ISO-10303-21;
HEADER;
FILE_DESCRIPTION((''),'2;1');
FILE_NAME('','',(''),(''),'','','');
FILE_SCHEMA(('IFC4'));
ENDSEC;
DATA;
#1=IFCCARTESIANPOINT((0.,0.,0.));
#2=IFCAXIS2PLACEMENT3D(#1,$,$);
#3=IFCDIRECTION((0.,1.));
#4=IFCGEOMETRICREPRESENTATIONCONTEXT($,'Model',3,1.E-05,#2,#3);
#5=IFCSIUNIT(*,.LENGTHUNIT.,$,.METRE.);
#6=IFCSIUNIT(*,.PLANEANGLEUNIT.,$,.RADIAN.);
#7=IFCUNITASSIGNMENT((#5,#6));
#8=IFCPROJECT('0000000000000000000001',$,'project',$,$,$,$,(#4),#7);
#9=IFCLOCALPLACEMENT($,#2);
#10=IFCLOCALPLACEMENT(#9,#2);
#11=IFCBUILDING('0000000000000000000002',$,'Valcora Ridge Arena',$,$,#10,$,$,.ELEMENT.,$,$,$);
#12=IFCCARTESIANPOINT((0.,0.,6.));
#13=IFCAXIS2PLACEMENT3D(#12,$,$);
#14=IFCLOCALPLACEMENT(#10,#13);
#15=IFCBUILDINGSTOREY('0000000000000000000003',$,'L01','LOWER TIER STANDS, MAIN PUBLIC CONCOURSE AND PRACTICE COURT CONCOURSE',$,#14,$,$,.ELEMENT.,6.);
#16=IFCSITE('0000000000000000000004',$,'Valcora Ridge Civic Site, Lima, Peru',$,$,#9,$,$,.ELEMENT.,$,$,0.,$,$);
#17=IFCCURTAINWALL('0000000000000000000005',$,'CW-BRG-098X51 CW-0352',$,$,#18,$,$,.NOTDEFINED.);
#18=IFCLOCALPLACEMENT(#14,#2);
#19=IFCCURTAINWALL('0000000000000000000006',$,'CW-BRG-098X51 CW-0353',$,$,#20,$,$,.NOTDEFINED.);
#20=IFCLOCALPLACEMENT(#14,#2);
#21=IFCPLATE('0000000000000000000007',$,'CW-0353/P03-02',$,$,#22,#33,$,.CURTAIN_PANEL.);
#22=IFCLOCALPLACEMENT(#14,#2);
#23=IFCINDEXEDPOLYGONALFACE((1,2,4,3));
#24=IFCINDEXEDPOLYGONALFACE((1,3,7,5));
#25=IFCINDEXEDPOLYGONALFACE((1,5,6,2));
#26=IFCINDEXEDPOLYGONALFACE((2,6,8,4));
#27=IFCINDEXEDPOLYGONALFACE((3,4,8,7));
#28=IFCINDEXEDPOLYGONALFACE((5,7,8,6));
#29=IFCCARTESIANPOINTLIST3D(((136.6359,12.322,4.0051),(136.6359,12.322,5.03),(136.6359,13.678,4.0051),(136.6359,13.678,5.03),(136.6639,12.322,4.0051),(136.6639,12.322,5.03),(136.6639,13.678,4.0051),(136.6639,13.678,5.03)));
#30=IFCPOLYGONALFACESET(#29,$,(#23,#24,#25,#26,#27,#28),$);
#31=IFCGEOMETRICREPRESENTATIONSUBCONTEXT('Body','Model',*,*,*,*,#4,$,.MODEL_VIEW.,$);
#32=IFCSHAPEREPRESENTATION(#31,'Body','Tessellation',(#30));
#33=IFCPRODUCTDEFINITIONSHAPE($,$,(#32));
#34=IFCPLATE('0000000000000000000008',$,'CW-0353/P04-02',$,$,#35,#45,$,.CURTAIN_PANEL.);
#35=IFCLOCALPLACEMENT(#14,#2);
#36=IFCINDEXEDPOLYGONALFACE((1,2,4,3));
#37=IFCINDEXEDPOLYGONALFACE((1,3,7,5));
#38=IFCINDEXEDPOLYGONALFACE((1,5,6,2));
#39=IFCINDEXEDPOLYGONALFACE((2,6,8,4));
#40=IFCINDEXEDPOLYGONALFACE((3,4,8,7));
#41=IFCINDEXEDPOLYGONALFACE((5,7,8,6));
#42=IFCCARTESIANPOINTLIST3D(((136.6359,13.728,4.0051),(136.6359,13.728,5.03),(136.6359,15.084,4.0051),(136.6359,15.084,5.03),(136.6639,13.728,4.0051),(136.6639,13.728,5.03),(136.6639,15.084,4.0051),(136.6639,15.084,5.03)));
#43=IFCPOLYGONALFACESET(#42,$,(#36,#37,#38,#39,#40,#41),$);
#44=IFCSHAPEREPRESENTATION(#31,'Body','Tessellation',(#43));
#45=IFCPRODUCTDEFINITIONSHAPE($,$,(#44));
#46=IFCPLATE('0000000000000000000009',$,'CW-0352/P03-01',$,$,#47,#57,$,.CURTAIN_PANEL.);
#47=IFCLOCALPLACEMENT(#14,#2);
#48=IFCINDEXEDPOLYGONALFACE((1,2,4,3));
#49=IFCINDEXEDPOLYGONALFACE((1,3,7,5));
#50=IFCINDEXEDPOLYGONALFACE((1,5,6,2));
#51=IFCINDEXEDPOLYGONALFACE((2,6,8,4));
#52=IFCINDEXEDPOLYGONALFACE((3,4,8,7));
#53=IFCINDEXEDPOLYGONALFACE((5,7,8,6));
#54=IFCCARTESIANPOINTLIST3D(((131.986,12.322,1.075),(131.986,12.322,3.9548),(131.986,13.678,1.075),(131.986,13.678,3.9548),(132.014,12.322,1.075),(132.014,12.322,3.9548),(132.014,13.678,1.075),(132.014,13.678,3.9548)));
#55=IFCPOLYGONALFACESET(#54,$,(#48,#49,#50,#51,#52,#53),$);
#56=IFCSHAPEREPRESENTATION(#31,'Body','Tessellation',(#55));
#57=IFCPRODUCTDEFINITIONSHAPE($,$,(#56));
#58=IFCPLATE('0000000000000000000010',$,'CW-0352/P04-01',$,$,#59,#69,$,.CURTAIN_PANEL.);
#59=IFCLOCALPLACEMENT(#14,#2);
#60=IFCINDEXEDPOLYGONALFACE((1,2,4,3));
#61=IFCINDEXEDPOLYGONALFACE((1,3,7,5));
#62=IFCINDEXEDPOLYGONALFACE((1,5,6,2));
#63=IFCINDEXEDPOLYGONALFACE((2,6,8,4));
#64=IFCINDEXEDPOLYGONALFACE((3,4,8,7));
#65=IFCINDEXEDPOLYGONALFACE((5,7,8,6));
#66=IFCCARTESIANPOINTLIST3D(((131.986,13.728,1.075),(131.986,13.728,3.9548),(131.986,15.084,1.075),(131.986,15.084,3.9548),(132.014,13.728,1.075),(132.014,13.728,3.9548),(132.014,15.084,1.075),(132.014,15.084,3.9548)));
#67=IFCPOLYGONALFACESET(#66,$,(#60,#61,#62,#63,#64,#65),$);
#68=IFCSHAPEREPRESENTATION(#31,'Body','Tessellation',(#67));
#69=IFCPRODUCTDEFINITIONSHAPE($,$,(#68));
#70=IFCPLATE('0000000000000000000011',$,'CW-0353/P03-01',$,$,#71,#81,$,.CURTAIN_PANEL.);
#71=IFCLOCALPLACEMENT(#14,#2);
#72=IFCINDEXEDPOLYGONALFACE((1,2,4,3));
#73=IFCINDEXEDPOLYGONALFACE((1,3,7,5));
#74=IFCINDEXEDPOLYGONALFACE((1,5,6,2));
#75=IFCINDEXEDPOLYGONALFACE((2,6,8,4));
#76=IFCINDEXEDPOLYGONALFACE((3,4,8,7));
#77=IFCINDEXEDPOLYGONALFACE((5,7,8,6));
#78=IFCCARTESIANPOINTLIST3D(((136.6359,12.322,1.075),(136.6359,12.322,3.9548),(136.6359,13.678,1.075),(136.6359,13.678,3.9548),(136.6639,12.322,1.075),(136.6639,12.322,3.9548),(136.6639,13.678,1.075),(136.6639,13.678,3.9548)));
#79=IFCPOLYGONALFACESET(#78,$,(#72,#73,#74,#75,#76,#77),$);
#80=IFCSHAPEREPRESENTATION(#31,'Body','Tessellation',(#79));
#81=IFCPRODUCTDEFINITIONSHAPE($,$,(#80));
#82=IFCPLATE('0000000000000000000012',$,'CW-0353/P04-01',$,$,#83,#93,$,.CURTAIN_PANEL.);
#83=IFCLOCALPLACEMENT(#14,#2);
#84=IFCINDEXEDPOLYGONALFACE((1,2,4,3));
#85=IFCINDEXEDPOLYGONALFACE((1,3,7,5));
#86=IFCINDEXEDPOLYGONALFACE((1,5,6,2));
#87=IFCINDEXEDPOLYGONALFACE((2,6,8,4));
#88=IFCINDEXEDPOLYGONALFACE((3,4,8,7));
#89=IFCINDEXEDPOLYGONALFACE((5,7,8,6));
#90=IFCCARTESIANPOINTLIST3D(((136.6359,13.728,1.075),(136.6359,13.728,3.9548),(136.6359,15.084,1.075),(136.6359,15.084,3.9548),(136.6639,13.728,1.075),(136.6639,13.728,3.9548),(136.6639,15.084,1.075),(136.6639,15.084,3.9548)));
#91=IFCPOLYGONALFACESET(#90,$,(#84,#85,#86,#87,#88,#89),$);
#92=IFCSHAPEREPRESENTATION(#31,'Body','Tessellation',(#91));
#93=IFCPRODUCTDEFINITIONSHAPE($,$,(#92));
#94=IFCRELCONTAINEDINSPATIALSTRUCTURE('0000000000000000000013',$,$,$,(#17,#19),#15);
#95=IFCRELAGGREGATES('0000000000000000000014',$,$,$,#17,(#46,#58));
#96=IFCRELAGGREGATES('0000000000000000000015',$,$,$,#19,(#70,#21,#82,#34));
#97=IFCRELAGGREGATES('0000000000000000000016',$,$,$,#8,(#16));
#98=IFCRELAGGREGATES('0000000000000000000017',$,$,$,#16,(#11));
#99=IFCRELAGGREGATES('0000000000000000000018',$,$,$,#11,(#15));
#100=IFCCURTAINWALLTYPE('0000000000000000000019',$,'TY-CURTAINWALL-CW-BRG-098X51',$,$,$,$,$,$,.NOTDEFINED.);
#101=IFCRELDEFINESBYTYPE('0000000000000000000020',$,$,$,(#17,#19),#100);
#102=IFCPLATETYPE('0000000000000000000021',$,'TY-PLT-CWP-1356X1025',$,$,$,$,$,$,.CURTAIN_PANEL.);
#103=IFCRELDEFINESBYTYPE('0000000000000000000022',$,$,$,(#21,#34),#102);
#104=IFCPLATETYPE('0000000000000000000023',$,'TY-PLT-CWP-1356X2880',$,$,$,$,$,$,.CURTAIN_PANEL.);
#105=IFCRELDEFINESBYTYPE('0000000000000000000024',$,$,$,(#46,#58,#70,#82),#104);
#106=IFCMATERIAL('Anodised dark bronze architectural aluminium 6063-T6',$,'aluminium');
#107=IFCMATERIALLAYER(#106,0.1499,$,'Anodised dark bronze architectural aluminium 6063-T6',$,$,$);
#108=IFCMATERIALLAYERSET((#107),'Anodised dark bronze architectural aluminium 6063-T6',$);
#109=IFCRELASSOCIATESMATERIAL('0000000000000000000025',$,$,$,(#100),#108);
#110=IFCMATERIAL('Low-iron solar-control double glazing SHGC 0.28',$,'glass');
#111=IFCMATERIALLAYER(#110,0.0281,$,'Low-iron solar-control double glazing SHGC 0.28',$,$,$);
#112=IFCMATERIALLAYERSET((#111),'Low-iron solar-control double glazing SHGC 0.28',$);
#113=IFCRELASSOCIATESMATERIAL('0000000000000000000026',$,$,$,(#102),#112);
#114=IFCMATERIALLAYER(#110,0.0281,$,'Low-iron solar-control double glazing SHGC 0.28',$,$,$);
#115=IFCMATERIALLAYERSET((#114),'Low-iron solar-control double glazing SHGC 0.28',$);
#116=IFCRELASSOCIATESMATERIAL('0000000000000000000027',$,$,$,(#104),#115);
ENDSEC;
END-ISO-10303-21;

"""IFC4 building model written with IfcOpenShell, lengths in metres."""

from ifc_helpers import new_model, si_unit, direction, frame, origin, origin_2d, place, context, subcontext, project, spatial, rectangle, extrude, material, layer, layer_set, type_object, element, aggregate, save


model = new_model("IFC4")

# Units and contexts
model_context = context("Model", 3, precision=1e-05, world=origin(), true_north=direction((0.0, 1.0)))
body_context = subcontext(model_context, "Body", "Model", "MODEL_VIEW")
ifc_project = project(units=[si_unit("LENGTHUNIT", "METRE"), si_unit("PLANEANGLEUNIT", "RADIAN")], contexts=[model_context])

# Site, building, storey
site_placement = place(None, origin())
site = spatial("IfcSite", under=ifc_project, at=site_placement, Name="Valcora Ridge Civic Site, Lima, Peru", CompositionType="ELEMENT", RefElevation=0.0)
building_placement = place(site_placement, origin())
building = spatial("IfcBuilding", under=site, at=building_placement, Name="Valcora Ridge Arena", CompositionType="ELEMENT")
storey_placement = place(building_placement, frame((0.0, 0.0, 6.0)))
storey = spatial("IfcBuildingStorey", under=building, at=storey_placement, Name="L01", Description="LOWER TIER STANDS, MAIN PUBLIC CONCOURSE AND PRACTICE COURT CONCOURSE", CompositionType="ELEMENT", Elevation=6.0)

# Curtain walls
ifc_material_1 = material(Name="Anodised dark bronze architectural aluminium 6063-T6", Category="aluminium")
ifc_layer_1 = layer(ifc_material_1, 0.1499, Name="Anodised dark bronze architectural aluminium 6063-T6")
ifc_layer_set_1 = layer_set([ifc_layer_1], Name="Anodised dark bronze architectural aluminium 6063-T6")
curtain_wall_type = type_object("IfcCurtainWallType", Name="TY-CURTAINWALL-CW-BRG-098X51", PredefinedType="NOTDEFINED", material=ifc_layer_set_1)
curtain_wall_1_placement = place(storey_placement, origin())
curtain_wall_1 = element("IfcCurtainWall", 1, at=curtain_wall_1_placement, inside=storey, type_object=curtain_wall_type, Name="CW-BRG-098X51 CW-0352", PredefinedType="NOTDEFINED")
curtain_wall_2_placement = place(storey_placement, origin())
curtain_wall_2 = element("IfcCurtainWall", 2, at=curtain_wall_2_placement, inside=storey, type_object=curtain_wall_type, Name="CW-BRG-098X51 CW-0353", PredefinedType="NOTDEFINED")

# Plates
ifc_material_2 = material(Name="Low-iron solar-control double glazing SHGC 0.28", Category="glass")
ifc_layer_2 = layer(ifc_material_2, 0.0281, Name="Low-iron solar-control double glazing SHGC 0.28")
ifc_layer_set_2 = layer_set([ifc_layer_2], Name="Low-iron solar-control double glazing SHGC 0.28")
plate_type_1 = type_object("IfcPlateType", Name="TY-PLT-CWP-1356X1025", PredefinedType="CURTAIN_PANEL", material=ifc_layer_set_2)
plate_1_placement = place(storey_placement, frame((136.6499, 13.0, 4.0051), z_axis=(0.0, 0.0, 1.0), x_axis=(0.0, 1.0, 0.0)))
plate_1 = element("IfcPlate", 3, at=plate_1_placement, type_object=plate_type_1, Name="CW-0353/P03-02", PredefinedType="CURTAIN_PANEL", context=body_context, shape_type="SweptSolid", body=[
    extrude(rectangle(XDim=1.356, YDim=0.0281, at=origin_2d()), origin(), (0.0, 0.0, 1.0), 1.0249),
])
plate_2_placement = place(storey_placement, frame((136.6499, 14.406, 4.0051), z_axis=(0.0, 0.0, 1.0), x_axis=(0.0, 1.0, 0.0)))
plate_2 = element("IfcPlate", 4, at=plate_2_placement, type_object=plate_type_1, Name="CW-0353/P04-02", PredefinedType="CURTAIN_PANEL", context=body_context, shape_type="SweptSolid", body=[
    extrude(rectangle(XDim=1.356, YDim=0.0281, at=origin_2d()), origin(), (0.0, 0.0, 1.0), 1.0249),
])
ifc_layer_3 = layer(ifc_material_2, 0.0281, Name="Low-iron solar-control double glazing SHGC 0.28")
ifc_layer_set_3 = layer_set([ifc_layer_3], Name="Low-iron solar-control double glazing SHGC 0.28")
plate_type_2 = type_object("IfcPlateType", Name="TY-PLT-CWP-1356X2880", PredefinedType="CURTAIN_PANEL", material=ifc_layer_set_3)
plate_3_placement = place(storey_placement, frame((132.0, 13.0, 1.075), z_axis=(0.0, 0.0, 1.0), x_axis=(0.0, 1.0, 0.0)))
plate_3 = element("IfcPlate", 5, at=plate_3_placement, type_object=plate_type_2, Name="CW-0352/P03-01", PredefinedType="CURTAIN_PANEL", context=body_context, shape_type="SweptSolid", body=[
    extrude(rectangle(XDim=1.356, YDim=0.0281, at=origin_2d()), origin(), (0.0, 0.0, 1.0), 2.8799),
])
plate_4_placement = place(storey_placement, frame((132.0, 14.406, 1.075), z_axis=(0.0, 0.0, 1.0), x_axis=(0.0, 1.0, 0.0)))
plate_4 = element("IfcPlate", 6, at=plate_4_placement, type_object=plate_type_2, Name="CW-0352/P04-01", PredefinedType="CURTAIN_PANEL", context=body_context, shape_type="SweptSolid", body=[
    extrude(rectangle(XDim=1.356, YDim=0.0281, at=origin_2d()), origin(), (0.0, 0.0, 1.0), 2.8799),
])
aggregate(curtain_wall_1, [plate_3, plate_4])
plate_5_placement = place(storey_placement, frame((136.6499, 13.0, 1.075), z_axis=(0.0, 0.0, 1.0), x_axis=(0.0, 1.0, 0.0)))
plate_5 = element("IfcPlate", 7, at=plate_5_placement, type_object=plate_type_2, Name="CW-0353/P03-01", PredefinedType="CURTAIN_PANEL", context=body_context, shape_type="SweptSolid", body=[
    extrude(rectangle(XDim=1.356, YDim=0.0281, at=origin_2d()), origin(), (0.0, 0.0, 1.0), 2.8799),
])
plate_6_placement = place(storey_placement, frame((136.6499, 14.406, 1.075), z_axis=(0.0, 0.0, 1.0), x_axis=(0.0, 1.0, 0.0)))
plate_6 = element("IfcPlate", 8, at=plate_6_placement, type_object=plate_type_2, Name="CW-0353/P04-01", PredefinedType="CURTAIN_PANEL", context=body_context, shape_type="SweptSolid", body=[
    extrude(rectangle(XDim=1.356, YDim=0.0281, at=origin_2d()), origin(), (0.0, 0.0, 1.0), 2.8799),
])
aggregate(curtain_wall_2, [plate_5, plate_1, plate_6, plate_2])

save(model, "model.ifc")
